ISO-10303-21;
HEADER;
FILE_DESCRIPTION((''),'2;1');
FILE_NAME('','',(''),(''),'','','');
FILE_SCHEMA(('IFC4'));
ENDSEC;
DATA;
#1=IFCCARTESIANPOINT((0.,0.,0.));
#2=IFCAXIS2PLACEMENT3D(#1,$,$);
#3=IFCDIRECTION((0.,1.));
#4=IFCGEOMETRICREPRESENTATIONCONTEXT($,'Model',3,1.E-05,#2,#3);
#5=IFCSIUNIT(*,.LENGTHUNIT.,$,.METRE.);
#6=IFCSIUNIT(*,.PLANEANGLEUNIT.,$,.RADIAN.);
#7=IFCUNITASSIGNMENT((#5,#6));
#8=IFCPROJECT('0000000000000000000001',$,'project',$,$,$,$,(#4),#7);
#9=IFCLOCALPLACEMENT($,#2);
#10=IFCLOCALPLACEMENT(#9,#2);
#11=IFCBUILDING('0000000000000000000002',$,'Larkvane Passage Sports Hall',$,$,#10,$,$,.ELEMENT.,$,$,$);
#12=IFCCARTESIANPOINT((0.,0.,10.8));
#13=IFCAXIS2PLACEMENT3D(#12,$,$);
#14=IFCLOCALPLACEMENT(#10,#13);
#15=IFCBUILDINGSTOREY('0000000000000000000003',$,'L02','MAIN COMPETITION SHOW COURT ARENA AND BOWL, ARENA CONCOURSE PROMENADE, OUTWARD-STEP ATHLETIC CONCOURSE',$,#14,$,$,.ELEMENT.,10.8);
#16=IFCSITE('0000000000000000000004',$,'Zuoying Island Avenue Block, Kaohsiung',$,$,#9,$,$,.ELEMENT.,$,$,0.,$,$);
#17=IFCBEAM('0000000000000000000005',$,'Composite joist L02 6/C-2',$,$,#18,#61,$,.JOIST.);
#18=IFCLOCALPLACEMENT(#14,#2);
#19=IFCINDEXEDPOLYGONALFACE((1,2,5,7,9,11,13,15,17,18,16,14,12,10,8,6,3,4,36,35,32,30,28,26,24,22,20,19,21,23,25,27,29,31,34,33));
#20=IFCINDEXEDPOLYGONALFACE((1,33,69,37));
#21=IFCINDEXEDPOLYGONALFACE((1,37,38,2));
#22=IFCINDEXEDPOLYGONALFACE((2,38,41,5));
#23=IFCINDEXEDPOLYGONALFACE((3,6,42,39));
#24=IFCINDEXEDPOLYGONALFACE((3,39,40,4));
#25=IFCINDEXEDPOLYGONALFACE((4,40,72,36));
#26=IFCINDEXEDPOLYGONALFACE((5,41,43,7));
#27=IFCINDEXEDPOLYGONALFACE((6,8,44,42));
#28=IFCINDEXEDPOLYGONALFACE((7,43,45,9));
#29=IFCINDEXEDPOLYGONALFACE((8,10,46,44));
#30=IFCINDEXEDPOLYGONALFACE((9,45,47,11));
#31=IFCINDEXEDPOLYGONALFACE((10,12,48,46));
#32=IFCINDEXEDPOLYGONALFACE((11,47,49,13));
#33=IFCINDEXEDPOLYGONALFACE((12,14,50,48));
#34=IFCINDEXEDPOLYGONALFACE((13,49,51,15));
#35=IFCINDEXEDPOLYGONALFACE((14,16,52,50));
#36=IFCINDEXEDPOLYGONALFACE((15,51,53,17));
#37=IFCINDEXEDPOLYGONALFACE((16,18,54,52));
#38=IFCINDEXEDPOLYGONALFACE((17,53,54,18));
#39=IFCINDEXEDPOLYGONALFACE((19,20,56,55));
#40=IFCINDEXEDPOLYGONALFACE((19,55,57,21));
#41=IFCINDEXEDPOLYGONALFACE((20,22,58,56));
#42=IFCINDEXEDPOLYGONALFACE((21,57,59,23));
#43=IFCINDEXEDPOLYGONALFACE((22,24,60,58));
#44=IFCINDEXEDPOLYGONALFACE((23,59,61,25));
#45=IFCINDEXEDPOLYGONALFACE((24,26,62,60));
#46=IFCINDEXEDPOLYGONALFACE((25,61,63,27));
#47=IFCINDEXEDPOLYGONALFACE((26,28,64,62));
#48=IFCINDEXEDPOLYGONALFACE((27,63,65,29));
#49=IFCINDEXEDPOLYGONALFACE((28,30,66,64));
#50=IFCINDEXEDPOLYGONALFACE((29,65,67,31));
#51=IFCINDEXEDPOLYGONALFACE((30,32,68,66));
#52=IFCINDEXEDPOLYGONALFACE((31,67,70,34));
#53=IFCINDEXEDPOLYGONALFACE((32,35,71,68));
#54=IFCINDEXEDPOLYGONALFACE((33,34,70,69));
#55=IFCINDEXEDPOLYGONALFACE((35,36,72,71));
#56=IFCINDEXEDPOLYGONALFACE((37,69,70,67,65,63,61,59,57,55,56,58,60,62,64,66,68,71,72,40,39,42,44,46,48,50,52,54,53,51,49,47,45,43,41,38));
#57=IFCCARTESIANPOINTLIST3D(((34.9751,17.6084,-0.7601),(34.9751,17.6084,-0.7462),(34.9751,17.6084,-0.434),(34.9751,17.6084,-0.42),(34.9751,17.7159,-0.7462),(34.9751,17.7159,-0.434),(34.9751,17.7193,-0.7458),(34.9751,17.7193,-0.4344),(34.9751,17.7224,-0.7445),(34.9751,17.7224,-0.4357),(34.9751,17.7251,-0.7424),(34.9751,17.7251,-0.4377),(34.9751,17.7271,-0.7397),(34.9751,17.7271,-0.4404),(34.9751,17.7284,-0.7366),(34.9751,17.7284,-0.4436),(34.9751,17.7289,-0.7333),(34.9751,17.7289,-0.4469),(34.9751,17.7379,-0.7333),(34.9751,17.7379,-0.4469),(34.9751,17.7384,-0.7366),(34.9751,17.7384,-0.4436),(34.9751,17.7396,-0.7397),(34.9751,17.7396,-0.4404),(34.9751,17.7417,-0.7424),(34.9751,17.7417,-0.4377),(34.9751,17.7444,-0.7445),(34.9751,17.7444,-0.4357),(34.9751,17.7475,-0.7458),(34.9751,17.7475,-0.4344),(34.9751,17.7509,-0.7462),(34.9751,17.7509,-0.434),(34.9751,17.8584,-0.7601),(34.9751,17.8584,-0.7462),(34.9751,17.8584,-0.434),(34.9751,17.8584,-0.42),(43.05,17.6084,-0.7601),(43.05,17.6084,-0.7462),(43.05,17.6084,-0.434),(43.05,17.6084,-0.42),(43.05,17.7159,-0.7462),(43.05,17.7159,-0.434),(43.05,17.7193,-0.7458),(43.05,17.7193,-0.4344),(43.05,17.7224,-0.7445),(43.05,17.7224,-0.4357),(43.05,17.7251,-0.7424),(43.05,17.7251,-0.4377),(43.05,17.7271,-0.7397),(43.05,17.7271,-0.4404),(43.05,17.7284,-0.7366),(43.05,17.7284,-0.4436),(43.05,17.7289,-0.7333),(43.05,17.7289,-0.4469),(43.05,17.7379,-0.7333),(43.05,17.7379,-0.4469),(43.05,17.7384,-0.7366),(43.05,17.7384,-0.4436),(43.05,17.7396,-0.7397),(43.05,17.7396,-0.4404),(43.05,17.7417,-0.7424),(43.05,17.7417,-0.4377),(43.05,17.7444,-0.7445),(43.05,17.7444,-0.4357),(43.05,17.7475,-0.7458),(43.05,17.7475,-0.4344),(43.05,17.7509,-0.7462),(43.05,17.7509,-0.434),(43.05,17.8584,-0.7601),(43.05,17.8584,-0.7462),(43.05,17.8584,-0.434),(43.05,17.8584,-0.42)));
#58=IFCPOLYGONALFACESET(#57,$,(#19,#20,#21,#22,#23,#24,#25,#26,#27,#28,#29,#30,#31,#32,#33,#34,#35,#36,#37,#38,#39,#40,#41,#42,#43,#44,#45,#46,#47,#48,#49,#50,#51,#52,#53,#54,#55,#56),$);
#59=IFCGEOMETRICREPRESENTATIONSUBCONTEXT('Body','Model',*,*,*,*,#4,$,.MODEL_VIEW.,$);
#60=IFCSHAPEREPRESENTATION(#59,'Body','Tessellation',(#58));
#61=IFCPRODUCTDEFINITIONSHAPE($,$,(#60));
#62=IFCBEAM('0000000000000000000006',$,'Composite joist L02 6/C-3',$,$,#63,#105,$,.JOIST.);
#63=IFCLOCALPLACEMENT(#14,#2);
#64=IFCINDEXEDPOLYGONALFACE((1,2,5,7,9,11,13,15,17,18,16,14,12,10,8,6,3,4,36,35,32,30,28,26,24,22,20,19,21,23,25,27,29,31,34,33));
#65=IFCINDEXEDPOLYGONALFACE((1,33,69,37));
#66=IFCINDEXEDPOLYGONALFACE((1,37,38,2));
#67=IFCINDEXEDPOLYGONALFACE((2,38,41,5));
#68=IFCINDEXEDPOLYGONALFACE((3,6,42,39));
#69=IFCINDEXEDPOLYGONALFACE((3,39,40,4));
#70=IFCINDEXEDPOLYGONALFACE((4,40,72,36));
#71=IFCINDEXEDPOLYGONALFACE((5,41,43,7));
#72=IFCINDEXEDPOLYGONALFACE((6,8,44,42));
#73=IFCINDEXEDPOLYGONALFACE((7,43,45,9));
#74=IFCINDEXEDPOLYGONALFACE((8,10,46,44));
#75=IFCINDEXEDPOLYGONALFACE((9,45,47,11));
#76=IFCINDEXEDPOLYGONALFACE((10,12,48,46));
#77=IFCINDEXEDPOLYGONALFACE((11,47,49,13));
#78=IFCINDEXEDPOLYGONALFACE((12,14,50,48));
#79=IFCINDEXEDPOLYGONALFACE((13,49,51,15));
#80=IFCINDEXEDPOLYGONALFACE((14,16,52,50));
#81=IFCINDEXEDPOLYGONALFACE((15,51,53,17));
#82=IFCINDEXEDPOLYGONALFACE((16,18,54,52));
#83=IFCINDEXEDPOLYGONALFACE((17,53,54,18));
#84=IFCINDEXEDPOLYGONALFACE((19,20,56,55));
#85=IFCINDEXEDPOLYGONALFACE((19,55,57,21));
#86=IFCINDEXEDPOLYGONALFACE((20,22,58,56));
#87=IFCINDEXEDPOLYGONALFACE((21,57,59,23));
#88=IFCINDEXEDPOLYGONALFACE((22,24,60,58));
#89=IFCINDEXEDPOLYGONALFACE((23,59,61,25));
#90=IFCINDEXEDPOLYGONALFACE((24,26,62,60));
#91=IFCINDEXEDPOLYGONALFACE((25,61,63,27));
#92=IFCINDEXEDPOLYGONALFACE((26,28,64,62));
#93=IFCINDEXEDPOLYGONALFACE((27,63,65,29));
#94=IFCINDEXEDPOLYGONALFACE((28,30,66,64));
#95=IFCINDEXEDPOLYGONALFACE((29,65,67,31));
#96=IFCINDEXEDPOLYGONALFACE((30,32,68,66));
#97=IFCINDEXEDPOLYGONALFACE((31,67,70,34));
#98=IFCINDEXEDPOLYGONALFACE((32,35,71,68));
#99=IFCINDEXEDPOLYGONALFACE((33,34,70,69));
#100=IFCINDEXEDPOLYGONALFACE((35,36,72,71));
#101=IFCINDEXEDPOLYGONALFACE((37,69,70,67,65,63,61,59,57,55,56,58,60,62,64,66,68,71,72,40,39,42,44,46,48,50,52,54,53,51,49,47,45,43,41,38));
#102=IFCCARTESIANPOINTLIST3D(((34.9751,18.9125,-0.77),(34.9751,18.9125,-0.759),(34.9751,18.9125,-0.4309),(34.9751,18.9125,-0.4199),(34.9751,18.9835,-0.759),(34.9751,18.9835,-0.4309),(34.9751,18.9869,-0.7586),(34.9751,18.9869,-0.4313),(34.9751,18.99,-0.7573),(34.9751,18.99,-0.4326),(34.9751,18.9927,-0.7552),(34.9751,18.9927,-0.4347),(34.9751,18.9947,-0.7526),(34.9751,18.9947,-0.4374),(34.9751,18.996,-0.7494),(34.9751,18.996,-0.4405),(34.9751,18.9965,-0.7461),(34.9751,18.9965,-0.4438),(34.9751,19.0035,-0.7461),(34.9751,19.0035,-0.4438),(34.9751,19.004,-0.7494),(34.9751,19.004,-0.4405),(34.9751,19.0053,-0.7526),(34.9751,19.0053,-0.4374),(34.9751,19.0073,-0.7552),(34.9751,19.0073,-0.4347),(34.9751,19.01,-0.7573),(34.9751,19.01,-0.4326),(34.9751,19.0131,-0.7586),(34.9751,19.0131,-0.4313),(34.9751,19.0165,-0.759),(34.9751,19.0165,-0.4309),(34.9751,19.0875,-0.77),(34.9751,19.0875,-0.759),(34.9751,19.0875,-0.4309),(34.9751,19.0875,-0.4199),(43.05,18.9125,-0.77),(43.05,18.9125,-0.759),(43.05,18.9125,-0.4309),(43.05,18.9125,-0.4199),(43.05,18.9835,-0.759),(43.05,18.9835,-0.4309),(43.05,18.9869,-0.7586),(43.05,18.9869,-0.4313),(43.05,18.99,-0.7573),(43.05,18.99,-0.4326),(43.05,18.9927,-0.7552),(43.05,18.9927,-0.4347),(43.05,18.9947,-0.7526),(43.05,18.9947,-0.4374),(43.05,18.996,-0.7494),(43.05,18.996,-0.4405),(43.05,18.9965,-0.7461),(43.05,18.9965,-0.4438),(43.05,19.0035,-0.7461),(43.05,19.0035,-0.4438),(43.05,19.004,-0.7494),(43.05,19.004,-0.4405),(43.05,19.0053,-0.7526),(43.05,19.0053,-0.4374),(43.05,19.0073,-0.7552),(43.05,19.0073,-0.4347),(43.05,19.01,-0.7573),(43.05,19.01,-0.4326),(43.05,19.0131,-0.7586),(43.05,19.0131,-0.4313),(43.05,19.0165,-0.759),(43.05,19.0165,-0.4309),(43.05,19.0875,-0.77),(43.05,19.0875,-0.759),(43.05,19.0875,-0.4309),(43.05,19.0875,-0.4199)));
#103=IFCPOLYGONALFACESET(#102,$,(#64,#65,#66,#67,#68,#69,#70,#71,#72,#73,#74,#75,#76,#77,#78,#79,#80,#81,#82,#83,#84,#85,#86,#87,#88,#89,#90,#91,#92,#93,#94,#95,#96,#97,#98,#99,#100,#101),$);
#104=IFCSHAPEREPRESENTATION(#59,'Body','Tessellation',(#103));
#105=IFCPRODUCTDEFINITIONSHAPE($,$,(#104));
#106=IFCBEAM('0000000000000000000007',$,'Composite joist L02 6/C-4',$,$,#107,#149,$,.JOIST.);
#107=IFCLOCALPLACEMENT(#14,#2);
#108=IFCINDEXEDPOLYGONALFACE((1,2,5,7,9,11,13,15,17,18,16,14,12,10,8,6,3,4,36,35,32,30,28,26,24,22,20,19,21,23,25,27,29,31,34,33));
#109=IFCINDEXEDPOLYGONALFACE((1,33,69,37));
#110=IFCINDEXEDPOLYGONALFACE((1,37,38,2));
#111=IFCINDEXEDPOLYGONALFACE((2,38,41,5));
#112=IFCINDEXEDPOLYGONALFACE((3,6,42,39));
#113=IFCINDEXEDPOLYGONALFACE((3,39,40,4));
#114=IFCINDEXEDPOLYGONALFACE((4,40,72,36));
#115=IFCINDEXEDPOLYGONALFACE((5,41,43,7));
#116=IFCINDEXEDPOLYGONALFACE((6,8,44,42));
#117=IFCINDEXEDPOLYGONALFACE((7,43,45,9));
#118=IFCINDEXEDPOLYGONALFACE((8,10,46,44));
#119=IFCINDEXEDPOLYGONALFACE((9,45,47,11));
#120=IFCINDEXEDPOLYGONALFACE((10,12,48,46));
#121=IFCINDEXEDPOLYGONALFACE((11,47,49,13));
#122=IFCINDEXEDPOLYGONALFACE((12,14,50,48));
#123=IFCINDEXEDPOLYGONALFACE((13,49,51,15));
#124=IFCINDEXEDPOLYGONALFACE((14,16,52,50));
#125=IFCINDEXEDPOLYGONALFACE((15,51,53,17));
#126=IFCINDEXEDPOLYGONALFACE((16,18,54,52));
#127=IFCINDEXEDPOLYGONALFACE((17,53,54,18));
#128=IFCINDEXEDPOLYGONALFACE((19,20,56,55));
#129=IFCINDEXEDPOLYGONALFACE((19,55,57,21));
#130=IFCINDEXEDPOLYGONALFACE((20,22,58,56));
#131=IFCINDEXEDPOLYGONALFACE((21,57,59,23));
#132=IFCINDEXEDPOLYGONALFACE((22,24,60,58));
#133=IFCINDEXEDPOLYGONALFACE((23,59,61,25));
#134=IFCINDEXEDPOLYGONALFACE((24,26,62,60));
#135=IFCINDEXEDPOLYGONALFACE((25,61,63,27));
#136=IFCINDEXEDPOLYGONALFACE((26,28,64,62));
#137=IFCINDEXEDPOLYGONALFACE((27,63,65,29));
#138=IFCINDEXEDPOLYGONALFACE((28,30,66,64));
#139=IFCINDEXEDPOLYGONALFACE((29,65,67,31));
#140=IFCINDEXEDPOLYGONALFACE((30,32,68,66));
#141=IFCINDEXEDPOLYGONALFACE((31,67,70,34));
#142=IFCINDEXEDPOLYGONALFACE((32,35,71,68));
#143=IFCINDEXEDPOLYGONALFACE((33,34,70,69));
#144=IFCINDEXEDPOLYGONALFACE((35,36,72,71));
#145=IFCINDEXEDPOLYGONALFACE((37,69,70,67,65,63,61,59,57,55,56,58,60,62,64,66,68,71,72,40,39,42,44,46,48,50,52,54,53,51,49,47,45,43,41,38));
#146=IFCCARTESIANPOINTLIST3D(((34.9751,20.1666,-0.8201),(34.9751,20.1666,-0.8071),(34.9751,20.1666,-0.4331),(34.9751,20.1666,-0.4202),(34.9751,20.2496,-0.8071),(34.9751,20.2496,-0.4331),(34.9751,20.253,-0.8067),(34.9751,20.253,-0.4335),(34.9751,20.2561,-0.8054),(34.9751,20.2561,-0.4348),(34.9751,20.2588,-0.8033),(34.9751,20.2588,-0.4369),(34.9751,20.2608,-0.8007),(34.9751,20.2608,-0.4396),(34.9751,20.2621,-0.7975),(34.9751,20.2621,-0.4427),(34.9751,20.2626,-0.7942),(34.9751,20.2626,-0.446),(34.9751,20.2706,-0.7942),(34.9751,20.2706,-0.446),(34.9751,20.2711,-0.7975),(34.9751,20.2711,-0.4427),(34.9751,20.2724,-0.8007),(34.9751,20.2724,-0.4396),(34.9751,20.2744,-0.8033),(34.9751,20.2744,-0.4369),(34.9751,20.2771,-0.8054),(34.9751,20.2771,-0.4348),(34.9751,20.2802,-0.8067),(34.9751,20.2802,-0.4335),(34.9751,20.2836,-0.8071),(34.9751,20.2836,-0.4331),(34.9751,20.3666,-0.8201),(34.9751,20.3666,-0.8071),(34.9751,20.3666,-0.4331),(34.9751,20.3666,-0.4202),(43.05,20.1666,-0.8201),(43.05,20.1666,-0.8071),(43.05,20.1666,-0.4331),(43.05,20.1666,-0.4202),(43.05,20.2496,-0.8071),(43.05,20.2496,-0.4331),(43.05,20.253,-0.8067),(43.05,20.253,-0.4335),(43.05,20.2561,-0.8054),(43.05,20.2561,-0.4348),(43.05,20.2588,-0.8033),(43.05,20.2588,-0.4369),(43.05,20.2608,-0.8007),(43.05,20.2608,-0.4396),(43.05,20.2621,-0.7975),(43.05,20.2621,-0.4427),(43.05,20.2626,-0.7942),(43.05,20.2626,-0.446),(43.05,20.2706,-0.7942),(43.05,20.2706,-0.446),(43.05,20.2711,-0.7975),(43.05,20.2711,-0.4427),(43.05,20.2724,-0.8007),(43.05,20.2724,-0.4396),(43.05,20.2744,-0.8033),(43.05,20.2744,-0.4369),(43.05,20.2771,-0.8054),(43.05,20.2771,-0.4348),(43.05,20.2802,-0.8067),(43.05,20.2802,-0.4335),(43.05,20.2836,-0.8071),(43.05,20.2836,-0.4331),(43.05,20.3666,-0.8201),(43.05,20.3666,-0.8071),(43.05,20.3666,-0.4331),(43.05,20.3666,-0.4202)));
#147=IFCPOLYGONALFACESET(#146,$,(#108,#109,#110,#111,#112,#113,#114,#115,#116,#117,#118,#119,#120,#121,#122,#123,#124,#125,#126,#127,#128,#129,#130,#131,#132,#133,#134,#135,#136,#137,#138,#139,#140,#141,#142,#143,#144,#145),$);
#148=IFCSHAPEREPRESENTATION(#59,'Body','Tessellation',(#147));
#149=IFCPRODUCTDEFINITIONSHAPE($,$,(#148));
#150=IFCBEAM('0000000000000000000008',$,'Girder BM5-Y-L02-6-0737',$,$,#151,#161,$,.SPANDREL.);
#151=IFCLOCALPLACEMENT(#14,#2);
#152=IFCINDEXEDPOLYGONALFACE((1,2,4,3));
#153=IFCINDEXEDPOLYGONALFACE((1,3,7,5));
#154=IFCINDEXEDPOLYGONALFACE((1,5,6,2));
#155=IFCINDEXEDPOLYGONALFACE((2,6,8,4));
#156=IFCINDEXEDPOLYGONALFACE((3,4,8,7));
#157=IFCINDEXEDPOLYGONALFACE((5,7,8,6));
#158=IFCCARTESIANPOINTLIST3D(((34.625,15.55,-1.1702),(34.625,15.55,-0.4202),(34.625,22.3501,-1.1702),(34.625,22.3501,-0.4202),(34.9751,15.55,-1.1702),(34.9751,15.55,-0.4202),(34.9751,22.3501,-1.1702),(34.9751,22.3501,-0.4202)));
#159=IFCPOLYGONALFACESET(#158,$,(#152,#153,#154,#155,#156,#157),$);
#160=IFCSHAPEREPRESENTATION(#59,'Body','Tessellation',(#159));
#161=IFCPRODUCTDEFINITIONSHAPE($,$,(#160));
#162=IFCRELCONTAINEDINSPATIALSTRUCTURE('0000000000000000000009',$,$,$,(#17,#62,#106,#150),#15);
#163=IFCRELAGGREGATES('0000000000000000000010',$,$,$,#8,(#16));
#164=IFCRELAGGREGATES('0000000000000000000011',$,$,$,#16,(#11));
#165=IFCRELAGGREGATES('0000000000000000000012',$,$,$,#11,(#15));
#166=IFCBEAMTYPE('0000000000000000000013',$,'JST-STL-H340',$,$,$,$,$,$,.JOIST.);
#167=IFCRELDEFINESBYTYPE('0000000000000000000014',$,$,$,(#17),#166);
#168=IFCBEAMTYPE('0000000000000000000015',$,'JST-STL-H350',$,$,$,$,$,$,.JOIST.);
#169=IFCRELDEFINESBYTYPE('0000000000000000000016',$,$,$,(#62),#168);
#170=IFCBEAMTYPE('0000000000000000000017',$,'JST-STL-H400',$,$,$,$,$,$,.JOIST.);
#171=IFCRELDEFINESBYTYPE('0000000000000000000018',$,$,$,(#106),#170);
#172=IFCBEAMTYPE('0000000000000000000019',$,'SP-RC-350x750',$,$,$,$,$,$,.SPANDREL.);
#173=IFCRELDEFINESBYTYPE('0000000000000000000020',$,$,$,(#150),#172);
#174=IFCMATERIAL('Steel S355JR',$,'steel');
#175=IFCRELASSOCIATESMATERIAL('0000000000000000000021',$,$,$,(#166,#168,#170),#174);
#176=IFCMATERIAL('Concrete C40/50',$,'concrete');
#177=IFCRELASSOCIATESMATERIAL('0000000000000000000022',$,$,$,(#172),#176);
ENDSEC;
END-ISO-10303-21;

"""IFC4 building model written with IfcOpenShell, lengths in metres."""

from ifc_helpers import new_model, si_unit, direction, frame, origin, origin_2d, place, context, subcontext, project, spatial, rectangle, i_section, extrude, material, material_profile, profile_set, type_object, element, save


model = new_model("IFC4")

# Units and contexts
model_context = context("Model", 3, precision=1e-05, world=origin(), true_north=direction((0.0, 1.0)))
body_context = subcontext(model_context, "Body", "Model", "MODEL_VIEW")
ifc_project = project(units=[si_unit("LENGTHUNIT", "METRE"), si_unit("PLANEANGLEUNIT", "RADIAN")], contexts=[model_context])

# Site, building, storey
site_placement = place(None, origin())
site = spatial("IfcSite", under=ifc_project, at=site_placement, Name="Zuoying Island Avenue Block, Kaohsiung", CompositionType="ELEMENT", RefElevation=0.0)
building_placement = place(site_placement, origin())
building = spatial("IfcBuilding", under=site, at=building_placement, Name="Larkvane Passage Sports Hall", CompositionType="ELEMENT")
storey_placement = place(building_placement, frame((0.0, 0.0, 10.8)))
storey = spatial("IfcBuildingStorey", under=building, at=storey_placement, Name="L02", Description="MAIN COMPETITION SHOW COURT ARENA AND BOWL, ARENA CONCOURSE PROMENADE, OUTWARD-STEP ATHLETIC CONCOURSE", CompositionType="ELEMENT", Elevation=10.8)

# Beams
ifc_material_1 = material(Name="Steel S355JR", Category="steel")
ifc_material_profile_1 = material_profile(ifc_material_1, i_section(OverallWidth=0.25, OverallDepth=0.3401, WebThickness=0.009, FlangeThickness=0.0139, FilletRadius=0.0129, at=origin_2d()), Name="H-340x250x9x14")
ifc_profile_set_1 = profile_set([ifc_material_profile_1], Name="Steel S355JR")
beam_type_1 = type_object("IfcBeamType", Name="JST-STL-H340", PredefinedType="JOIST", material=ifc_profile_set_1)
beam_1_placement = place(storey_placement, frame((34.9751, 17.7334, -0.5901), z_axis=(1.0, 0.0, 0.0), x_axis=(0.0, 1.0, 0.0)))
element("IfcBeam", 1, at=beam_1_placement, inside=storey, type_object=beam_type_1, Name="Composite joist L02 6/C-2", PredefinedType="JOIST", context=body_context, shape_type="SweptSolid", body=[
    extrude(i_section(OverallWidth=0.25, OverallDepth=0.3401, WebThickness=0.009, FlangeThickness=0.0139, FilletRadius=0.0129, at=origin_2d()), origin(), (0.0, 0.0, 1.0), 8.075),
])
ifc_material_profile_2 = material_profile(ifc_material_1, i_section(OverallWidth=0.175, OverallDepth=0.3501, WebThickness=0.0071, FlangeThickness=0.011, FilletRadius=0.0129, at=origin_2d()), Name="H-350x175x7x11")
ifc_profile_set_2 = profile_set([ifc_material_profile_2], Name="Steel S355JR")
beam_type_2 = type_object("IfcBeamType", Name="JST-STL-H350", PredefinedType="JOIST", material=ifc_profile_set_2)
beam_2_placement = place(storey_placement, frame((34.9751, 19.0, -0.595), z_axis=(1.0, 0.0, 0.0), x_axis=(0.0, 1.0, 0.0)))
element("IfcBeam", 2, at=beam_2_placement, inside=storey, type_object=beam_type_2, Name="Composite joist L02 6/C-3", PredefinedType="JOIST", context=body_context, shape_type="SweptSolid", body=[
    extrude(i_section(OverallWidth=0.175, OverallDepth=0.3501, WebThickness=0.0071, FlangeThickness=0.011, FilletRadius=0.0129, at=origin_2d()), origin(), (0.0, 0.0, 1.0), 8.075),
])
ifc_material_profile_3 = material_profile(ifc_material_1, i_section(OverallWidth=0.2, OverallDepth=0.3999, WebThickness=0.0081, FlangeThickness=0.0129, FilletRadius=0.0129, at=origin_2d()), Name="H-400x200x8x13")
ifc_profile_set_3 = profile_set([ifc_material_profile_3], Name="Steel S355JR")
beam_type_3 = type_object("IfcBeamType", Name="JST-STL-H400", PredefinedType="JOIST", material=ifc_profile_set_3)
beam_3_placement = place(storey_placement, frame((34.9751, 20.2666, -0.6201), z_axis=(1.0, 0.0, 0.0), x_axis=(0.0, 1.0, 0.0)))
element("IfcBeam", 3, at=beam_3_placement, inside=storey, type_object=beam_type_3, Name="Composite joist L02 6/C-4", PredefinedType="JOIST", context=body_context, shape_type="SweptSolid", body=[
    extrude(i_section(OverallWidth=0.2, OverallDepth=0.3999, WebThickness=0.0081, FlangeThickness=0.0129, FilletRadius=0.0129, at=origin_2d()), origin(), (0.0, 0.0, 1.0), 8.075),
])
ifc_material_2 = material(Name="Concrete C40/50", Category="concrete")
ifc_material_profile_4 = material_profile(ifc_material_2, rectangle(XDim=0.3501, YDim=0.75, at=origin_2d()), Name="RC-SP-350x750")
ifc_profile_set_4 = profile_set([ifc_material_profile_4], Name="Concrete C40/50")
beam_type_4 = type_object("IfcBeamType", Name="SP-RC-350x750", PredefinedType="SPANDREL", material=ifc_profile_set_4)
beam_4_placement = place(storey_placement, frame((34.8, 15.55, -0.7952), z_axis=(0.0, 1.0, 0.0), x_axis=(-1.0, 0.0, 0.0)))
element("IfcBeam", 4, at=beam_4_placement, inside=storey, type_object=beam_type_4, Name="Girder BM5-Y-L02-6-0737", PredefinedType="SPANDREL", context=body_context, shape_type="SweptSolid", body=[
    extrude(rectangle(XDim=0.3501, YDim=0.75, at=origin_2d()), origin(), (0.0, 0.0, 1.0), 6.8),
])

save(model, "model.ifc")
